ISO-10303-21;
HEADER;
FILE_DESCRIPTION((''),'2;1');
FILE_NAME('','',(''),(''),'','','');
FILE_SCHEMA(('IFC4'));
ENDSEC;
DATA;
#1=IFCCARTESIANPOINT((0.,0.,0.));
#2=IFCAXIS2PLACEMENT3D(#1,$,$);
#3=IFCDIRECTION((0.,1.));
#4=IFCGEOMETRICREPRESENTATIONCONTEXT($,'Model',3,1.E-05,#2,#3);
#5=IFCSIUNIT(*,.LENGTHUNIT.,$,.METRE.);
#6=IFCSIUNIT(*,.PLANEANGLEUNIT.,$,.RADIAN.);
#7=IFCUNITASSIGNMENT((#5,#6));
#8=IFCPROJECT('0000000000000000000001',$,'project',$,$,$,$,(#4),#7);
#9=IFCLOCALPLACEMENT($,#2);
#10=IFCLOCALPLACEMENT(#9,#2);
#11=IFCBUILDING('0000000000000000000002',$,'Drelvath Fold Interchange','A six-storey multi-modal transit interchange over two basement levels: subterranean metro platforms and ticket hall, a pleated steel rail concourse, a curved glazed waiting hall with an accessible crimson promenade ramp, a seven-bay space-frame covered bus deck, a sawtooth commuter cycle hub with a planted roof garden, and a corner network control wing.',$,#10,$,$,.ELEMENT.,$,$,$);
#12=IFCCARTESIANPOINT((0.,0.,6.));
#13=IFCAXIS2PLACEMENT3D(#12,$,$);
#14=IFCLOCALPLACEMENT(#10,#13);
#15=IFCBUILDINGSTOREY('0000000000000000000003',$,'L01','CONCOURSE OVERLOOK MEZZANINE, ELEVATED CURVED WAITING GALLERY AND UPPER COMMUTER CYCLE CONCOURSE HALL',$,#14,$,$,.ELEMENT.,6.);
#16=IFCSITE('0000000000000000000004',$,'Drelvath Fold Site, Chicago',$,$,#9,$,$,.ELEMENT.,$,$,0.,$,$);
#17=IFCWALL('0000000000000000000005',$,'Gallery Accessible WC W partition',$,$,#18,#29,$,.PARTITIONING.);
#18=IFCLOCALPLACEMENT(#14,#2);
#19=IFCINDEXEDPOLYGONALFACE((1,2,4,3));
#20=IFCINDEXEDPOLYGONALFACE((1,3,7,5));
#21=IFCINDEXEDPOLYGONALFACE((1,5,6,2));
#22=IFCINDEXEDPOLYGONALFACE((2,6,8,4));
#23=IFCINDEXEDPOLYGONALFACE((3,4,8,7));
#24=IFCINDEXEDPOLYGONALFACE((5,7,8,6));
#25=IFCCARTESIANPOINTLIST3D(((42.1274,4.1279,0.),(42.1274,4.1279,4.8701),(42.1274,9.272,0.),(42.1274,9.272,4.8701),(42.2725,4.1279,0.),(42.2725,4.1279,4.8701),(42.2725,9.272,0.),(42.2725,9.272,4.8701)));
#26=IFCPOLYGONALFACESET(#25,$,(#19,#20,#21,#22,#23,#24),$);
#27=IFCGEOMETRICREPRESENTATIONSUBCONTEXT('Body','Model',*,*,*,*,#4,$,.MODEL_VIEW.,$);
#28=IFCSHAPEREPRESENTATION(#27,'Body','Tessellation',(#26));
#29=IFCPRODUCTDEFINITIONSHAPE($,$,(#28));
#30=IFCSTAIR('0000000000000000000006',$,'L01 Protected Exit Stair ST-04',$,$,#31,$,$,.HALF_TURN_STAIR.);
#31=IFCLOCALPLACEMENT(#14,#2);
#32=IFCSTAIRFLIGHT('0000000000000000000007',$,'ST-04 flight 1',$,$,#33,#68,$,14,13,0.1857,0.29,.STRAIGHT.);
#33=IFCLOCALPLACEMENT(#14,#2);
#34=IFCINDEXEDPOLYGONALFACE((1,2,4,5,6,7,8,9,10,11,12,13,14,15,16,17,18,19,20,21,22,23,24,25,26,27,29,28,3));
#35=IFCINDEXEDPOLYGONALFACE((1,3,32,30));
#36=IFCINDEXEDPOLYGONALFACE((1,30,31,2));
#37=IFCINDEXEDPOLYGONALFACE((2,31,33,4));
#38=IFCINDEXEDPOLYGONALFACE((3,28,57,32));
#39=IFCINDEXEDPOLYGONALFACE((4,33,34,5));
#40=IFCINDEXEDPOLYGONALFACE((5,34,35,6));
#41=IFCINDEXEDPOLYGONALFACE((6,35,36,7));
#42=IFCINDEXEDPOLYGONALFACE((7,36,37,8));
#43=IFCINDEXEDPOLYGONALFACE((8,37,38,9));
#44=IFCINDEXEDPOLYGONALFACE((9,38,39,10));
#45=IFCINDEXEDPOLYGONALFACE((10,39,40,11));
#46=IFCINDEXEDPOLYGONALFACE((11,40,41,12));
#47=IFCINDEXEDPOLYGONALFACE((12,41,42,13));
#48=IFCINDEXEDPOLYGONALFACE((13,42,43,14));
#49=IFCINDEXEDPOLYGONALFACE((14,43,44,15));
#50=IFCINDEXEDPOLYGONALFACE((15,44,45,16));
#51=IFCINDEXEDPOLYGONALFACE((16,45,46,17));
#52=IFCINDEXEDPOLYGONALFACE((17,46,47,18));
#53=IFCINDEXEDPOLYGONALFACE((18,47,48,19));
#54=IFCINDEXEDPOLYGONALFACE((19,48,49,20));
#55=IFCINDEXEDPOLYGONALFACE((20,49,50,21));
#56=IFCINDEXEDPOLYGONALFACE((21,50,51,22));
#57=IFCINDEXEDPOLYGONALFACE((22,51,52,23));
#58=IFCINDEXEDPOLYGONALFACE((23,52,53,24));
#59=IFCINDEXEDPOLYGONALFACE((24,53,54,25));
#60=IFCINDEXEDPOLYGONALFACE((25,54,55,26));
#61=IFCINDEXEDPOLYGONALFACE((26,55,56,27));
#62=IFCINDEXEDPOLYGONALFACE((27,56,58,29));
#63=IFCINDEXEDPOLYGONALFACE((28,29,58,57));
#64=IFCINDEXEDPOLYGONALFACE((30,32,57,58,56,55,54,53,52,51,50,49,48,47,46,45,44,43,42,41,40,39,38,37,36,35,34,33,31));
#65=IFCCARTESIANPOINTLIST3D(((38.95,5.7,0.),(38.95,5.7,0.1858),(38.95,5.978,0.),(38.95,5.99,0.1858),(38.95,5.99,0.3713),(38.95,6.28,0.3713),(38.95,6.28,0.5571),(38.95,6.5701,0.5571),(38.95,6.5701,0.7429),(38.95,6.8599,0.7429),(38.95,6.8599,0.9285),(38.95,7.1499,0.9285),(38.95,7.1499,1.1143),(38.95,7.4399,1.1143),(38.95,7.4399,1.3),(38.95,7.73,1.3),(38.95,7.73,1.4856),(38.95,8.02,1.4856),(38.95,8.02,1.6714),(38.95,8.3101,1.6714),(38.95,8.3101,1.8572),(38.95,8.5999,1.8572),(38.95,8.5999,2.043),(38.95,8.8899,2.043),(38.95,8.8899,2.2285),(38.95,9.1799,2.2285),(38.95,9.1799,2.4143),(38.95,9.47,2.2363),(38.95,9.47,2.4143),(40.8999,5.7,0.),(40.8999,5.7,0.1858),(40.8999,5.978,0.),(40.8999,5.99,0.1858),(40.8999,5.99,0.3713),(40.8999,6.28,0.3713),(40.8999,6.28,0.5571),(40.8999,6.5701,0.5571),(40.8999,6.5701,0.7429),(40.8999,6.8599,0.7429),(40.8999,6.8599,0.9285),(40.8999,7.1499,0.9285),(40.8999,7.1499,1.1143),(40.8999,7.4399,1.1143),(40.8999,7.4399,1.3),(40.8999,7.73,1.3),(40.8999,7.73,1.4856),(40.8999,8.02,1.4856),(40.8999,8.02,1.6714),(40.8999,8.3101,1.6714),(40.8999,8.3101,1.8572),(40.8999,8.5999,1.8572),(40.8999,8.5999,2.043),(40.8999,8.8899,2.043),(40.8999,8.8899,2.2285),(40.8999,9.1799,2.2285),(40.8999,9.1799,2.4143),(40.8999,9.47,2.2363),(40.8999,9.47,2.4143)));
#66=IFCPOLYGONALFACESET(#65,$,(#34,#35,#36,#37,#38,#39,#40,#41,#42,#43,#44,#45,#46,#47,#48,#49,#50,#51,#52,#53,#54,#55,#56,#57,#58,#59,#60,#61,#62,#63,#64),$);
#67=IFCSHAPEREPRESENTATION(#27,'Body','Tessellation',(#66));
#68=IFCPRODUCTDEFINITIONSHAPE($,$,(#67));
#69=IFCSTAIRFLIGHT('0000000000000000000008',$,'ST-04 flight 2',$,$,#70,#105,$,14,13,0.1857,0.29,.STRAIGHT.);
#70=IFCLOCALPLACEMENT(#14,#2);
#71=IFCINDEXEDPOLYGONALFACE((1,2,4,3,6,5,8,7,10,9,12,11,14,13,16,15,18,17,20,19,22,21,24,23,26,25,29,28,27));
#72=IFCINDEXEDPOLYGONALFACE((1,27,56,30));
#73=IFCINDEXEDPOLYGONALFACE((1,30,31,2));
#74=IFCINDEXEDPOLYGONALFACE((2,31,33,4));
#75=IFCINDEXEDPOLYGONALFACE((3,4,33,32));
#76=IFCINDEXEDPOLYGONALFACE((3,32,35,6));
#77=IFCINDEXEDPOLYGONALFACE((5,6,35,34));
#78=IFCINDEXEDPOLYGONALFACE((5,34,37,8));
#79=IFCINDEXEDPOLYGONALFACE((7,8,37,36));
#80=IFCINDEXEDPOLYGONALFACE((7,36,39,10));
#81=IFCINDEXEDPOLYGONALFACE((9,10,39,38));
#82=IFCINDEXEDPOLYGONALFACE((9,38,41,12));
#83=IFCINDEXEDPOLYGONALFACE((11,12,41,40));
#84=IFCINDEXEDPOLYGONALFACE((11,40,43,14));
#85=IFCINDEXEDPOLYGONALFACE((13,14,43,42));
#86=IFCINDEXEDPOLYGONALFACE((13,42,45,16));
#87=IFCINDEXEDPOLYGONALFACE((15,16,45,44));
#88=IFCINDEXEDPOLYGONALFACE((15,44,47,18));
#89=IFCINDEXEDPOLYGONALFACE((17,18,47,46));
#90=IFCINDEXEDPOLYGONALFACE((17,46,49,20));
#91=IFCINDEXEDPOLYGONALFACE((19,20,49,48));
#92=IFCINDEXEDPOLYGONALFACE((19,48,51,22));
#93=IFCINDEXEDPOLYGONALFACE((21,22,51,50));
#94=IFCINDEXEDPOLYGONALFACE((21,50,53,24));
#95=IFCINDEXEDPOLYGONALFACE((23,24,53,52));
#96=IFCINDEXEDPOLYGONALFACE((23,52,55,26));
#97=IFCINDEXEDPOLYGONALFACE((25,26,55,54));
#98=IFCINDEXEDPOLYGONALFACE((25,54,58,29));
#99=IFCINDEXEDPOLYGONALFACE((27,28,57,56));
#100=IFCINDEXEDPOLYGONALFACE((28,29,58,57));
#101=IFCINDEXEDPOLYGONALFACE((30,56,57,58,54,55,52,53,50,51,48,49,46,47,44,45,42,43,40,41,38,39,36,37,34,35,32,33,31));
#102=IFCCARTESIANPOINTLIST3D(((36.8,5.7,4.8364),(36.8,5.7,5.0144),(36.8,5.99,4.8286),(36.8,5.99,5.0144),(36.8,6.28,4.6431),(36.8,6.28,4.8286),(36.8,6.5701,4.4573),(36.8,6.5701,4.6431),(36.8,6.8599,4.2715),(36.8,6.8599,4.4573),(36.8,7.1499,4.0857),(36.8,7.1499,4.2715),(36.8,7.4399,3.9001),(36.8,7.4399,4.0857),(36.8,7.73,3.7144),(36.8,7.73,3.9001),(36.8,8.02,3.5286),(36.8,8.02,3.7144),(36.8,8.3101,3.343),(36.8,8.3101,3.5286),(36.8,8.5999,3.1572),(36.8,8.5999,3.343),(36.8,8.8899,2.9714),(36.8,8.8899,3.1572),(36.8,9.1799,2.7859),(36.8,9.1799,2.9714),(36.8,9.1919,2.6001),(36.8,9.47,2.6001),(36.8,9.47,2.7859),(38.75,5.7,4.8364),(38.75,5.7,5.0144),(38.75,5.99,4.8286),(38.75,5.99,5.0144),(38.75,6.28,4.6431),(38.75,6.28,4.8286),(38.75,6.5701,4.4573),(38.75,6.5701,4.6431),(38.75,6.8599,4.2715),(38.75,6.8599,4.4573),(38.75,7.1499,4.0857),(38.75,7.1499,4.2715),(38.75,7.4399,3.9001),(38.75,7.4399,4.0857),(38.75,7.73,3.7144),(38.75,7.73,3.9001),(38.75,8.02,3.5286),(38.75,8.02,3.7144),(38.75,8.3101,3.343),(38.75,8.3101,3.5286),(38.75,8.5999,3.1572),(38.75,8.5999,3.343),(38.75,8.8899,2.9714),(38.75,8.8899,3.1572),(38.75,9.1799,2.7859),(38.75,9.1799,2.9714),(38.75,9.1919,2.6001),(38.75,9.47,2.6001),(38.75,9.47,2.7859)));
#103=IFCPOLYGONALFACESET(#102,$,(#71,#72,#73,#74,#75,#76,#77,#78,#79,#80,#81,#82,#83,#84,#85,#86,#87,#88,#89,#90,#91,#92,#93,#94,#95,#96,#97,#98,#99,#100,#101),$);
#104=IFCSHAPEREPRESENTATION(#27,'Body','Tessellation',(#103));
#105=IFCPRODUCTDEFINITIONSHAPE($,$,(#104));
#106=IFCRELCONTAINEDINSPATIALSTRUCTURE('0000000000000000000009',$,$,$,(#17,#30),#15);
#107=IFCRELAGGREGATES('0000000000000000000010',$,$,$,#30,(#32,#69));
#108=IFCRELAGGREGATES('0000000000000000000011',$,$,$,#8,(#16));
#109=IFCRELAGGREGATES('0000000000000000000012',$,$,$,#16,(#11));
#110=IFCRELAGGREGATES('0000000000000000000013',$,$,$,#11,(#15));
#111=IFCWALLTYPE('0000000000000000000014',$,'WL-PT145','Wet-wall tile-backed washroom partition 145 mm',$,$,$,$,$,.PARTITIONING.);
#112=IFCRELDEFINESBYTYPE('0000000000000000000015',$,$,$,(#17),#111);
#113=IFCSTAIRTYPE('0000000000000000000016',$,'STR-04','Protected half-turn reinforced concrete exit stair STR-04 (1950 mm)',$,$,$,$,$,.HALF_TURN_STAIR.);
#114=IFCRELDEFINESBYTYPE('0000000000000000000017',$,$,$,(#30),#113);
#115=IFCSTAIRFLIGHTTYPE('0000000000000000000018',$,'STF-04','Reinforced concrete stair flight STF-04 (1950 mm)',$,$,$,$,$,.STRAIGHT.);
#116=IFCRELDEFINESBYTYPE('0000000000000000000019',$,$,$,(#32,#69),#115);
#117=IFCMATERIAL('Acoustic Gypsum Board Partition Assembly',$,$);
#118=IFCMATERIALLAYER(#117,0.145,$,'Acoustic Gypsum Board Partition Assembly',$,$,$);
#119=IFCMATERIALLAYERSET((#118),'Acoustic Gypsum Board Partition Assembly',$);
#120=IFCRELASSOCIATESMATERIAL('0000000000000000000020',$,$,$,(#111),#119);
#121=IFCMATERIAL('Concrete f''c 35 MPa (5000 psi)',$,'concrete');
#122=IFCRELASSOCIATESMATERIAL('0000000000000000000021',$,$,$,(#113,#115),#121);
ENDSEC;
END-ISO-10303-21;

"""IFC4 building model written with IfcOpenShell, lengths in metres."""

from ifc_helpers import new_model, si_unit, direction, frame, frame_2d, origin, place, context, subcontext, project, spatial, polyline, rectangle, outline, extrude, material, layer, layer_set, type_object, element, aggregate, save


model = new_model("IFC4")

# Units and contexts
model_context = context("Model", 3, precision=1e-05, world=origin(), true_north=direction((0.0, 1.0)))
body_context = subcontext(model_context, "Body", "Model", "MODEL_VIEW")
ifc_project = project(units=[si_unit("LENGTHUNIT", "METRE"), si_unit("PLANEANGLEUNIT", "RADIAN")], contexts=[model_context])

# Site, building, storey
site_placement = place(None, origin())
site = spatial("IfcSite", under=ifc_project, at=site_placement, Name="Drelvath Fold Site, Chicago", CompositionType="ELEMENT", RefElevation=0.0)
building_placement = place(site_placement, origin())
building = spatial("IfcBuilding", under=site, at=building_placement, Name="Drelvath Fold Interchange", Description="A six-storey multi-modal transit interchange over two basement levels: subterranean metro platforms and ticket hall, a pleated steel rail concourse, a curved glazed waiting hall with an accessible crimson promenade ramp, a seven-bay space-frame covered bus deck, a sawtooth commuter cycle hub with a planted roof garden, and a corner network control wing.", CompositionType="ELEMENT")
storey_placement = place(building_placement, frame((0.0, 0.0, 6.0)))
storey = spatial("IfcBuildingStorey", under=building, at=storey_placement, Name="L01", Description="CONCOURSE OVERLOOK MEZZANINE, ELEVATED CURVED WAITING GALLERY AND UPPER COMMUTER CYCLE CONCOURSE HALL", CompositionType="ELEMENT", Elevation=6.0)

# Wall
ifc_material_1 = material(Name="Acoustic Gypsum Board Partition Assembly")
ifc_layer_1 = layer(ifc_material_1, 0.145, Name="Acoustic Gypsum Board Partition Assembly")
ifc_layer_set_1 = layer_set([ifc_layer_1], Name="Acoustic Gypsum Board Partition Assembly")
wall_type_1 = type_object("IfcWallType", Name="WL-PT145", Description="Wet-wall tile-backed washroom partition 145 mm", PredefinedType="PARTITIONING", material=ifc_layer_set_1)
wall_1_placement = place(storey_placement, frame((42.2, 9.272, 0.0), z_axis=(0.0, 0.0, 1.0), x_axis=(0.0, -1.0, 0.0)))
element("IfcWall", 1, at=wall_1_placement, inside=storey, type_object=wall_type_1, Name="Gallery Accessible WC W partition", PredefinedType="PARTITIONING", context=body_context, shape_type="SweptSolid", body=[
    extrude(rectangle(XDim=5.144, YDim=0.145, at=frame_2d((2.572, 0.0))), origin(), (0.0, 0.0, 1.0), 4.8701),
])

# Stair, stair flights
ifc_material_2 = material(Name="Concrete f'c 35 MPa (5000 psi)", Category="concrete")
stair_type = type_object("IfcStairType", Name="STR-04", Description="Protected half-turn reinforced concrete exit stair STR-04 (1950 mm)", PredefinedType="HALF_TURN_STAIR", material=ifc_material_2)
stair_placement = place(storey_placement, origin())
stair = element("IfcStair", 2, at=stair_placement, inside=storey, type_object=stair_type, Name="L01 Protected Exit Stair ST-04", PredefinedType="HALF_TURN_STAIR")
stair_flight_type = type_object("IfcStairFlightType", Name="STF-04", Description="Reinforced concrete stair flight STF-04 (1950 mm)", PredefinedType="STRAIGHT", material=ifc_material_2)
stair_flight_1_placement = place(storey_placement, frame((39.925, 5.7, 0.0), z_axis=(0.0, 0.0, 1.0), x_axis=(0.0, 1.0, 0.0)))
stair_flight_1 = element("IfcStairFlight", 3, at=stair_flight_1_placement, type_object=stair_flight_type, Name="ST-04 flight 1", NumberOfRisers=14, NumberOfTreads=13, PredefinedType="STRAIGHT", RiserHeight=0.1857, TreadLength=0.29, context=body_context, shape_type="SweptSolid", body=[
    extrude(outline(polyline([(0.0, 0.0), (0.0, 0.1858), (0.29, 0.1858), (0.29, 0.3713), (0.5801, 0.3713), (0.5801, 0.5571), (0.8701, 0.5571), (0.8701, 0.7429), (1.1599, 0.7429), (1.1599, 0.9285), (1.45, 0.9285), (1.45, 1.1143), (1.74, 1.1143), (1.74, 1.3), (2.03, 1.3), (2.03, 1.4856), (2.3201, 1.4856), (2.3201, 1.6714), (2.6101, 1.6714), (2.6101, 1.8572), (2.8999, 1.8572), (2.8999, 2.043), (3.1899, 2.043), (3.1899, 2.2285), (3.48, 2.2285), (3.48, 2.4143), (3.77, 2.4143), (3.77, 2.6001), (3.77, 2.2363), (0.2781, 0.0), (0.0, 0.0)])), frame((0.0, 0.9751, 0.0), z_axis=(0.0, -1.0, 0.0), x_axis=(1.0, 0.0, 0.0)), (0.0, 0.0, 1.0), 1.95),
])
stair_flight_2_placement = place(storey_placement, frame((37.7749, 9.47, 2.6001), z_axis=(0.0, 0.0, 1.0), x_axis=(0.0, -1.0, 0.0)))
stair_flight_2 = element("IfcStairFlight", 4, at=stair_flight_2_placement, type_object=stair_flight_type, Name="ST-04 flight 2", NumberOfRisers=14, NumberOfTreads=13, PredefinedType="STRAIGHT", RiserHeight=0.1857, TreadLength=0.29, context=body_context, shape_type="SweptSolid", body=[
    extrude(outline(polyline([(0.0, 0.0), (0.0, 0.1858), (0.29, 0.1858), (0.29, 0.3713), (0.5801, 0.3713), (0.5801, 0.5571), (0.8701, 0.5571), (0.8701, 0.7429), (1.1599, 0.7429), (1.1599, 0.9285), (1.45, 0.9285), (1.45, 1.1143), (1.74, 1.1143), (1.74, 1.3), (2.03, 1.3), (2.03, 1.4856), (2.3201, 1.4856), (2.3201, 1.6714), (2.6101, 1.6714), (2.6101, 1.8572), (2.8999, 1.8572), (2.8999, 2.043), (3.1899, 2.043), (3.1899, 2.2285), (3.48, 2.2285), (3.48, 2.4143), (3.77, 2.4143), (3.77, 2.6001), (3.77, 2.2363), (0.2781, 0.0), (0.0, 0.0)])), frame((0.0, 0.9751, 0.0), z_axis=(0.0, -1.0, 0.0), x_axis=(1.0, 0.0, 0.0)), (0.0, 0.0, 1.0), 1.95),
])
aggregate(stair, [stair_flight_1, stair_flight_2])

save(model, "model.ifc")
